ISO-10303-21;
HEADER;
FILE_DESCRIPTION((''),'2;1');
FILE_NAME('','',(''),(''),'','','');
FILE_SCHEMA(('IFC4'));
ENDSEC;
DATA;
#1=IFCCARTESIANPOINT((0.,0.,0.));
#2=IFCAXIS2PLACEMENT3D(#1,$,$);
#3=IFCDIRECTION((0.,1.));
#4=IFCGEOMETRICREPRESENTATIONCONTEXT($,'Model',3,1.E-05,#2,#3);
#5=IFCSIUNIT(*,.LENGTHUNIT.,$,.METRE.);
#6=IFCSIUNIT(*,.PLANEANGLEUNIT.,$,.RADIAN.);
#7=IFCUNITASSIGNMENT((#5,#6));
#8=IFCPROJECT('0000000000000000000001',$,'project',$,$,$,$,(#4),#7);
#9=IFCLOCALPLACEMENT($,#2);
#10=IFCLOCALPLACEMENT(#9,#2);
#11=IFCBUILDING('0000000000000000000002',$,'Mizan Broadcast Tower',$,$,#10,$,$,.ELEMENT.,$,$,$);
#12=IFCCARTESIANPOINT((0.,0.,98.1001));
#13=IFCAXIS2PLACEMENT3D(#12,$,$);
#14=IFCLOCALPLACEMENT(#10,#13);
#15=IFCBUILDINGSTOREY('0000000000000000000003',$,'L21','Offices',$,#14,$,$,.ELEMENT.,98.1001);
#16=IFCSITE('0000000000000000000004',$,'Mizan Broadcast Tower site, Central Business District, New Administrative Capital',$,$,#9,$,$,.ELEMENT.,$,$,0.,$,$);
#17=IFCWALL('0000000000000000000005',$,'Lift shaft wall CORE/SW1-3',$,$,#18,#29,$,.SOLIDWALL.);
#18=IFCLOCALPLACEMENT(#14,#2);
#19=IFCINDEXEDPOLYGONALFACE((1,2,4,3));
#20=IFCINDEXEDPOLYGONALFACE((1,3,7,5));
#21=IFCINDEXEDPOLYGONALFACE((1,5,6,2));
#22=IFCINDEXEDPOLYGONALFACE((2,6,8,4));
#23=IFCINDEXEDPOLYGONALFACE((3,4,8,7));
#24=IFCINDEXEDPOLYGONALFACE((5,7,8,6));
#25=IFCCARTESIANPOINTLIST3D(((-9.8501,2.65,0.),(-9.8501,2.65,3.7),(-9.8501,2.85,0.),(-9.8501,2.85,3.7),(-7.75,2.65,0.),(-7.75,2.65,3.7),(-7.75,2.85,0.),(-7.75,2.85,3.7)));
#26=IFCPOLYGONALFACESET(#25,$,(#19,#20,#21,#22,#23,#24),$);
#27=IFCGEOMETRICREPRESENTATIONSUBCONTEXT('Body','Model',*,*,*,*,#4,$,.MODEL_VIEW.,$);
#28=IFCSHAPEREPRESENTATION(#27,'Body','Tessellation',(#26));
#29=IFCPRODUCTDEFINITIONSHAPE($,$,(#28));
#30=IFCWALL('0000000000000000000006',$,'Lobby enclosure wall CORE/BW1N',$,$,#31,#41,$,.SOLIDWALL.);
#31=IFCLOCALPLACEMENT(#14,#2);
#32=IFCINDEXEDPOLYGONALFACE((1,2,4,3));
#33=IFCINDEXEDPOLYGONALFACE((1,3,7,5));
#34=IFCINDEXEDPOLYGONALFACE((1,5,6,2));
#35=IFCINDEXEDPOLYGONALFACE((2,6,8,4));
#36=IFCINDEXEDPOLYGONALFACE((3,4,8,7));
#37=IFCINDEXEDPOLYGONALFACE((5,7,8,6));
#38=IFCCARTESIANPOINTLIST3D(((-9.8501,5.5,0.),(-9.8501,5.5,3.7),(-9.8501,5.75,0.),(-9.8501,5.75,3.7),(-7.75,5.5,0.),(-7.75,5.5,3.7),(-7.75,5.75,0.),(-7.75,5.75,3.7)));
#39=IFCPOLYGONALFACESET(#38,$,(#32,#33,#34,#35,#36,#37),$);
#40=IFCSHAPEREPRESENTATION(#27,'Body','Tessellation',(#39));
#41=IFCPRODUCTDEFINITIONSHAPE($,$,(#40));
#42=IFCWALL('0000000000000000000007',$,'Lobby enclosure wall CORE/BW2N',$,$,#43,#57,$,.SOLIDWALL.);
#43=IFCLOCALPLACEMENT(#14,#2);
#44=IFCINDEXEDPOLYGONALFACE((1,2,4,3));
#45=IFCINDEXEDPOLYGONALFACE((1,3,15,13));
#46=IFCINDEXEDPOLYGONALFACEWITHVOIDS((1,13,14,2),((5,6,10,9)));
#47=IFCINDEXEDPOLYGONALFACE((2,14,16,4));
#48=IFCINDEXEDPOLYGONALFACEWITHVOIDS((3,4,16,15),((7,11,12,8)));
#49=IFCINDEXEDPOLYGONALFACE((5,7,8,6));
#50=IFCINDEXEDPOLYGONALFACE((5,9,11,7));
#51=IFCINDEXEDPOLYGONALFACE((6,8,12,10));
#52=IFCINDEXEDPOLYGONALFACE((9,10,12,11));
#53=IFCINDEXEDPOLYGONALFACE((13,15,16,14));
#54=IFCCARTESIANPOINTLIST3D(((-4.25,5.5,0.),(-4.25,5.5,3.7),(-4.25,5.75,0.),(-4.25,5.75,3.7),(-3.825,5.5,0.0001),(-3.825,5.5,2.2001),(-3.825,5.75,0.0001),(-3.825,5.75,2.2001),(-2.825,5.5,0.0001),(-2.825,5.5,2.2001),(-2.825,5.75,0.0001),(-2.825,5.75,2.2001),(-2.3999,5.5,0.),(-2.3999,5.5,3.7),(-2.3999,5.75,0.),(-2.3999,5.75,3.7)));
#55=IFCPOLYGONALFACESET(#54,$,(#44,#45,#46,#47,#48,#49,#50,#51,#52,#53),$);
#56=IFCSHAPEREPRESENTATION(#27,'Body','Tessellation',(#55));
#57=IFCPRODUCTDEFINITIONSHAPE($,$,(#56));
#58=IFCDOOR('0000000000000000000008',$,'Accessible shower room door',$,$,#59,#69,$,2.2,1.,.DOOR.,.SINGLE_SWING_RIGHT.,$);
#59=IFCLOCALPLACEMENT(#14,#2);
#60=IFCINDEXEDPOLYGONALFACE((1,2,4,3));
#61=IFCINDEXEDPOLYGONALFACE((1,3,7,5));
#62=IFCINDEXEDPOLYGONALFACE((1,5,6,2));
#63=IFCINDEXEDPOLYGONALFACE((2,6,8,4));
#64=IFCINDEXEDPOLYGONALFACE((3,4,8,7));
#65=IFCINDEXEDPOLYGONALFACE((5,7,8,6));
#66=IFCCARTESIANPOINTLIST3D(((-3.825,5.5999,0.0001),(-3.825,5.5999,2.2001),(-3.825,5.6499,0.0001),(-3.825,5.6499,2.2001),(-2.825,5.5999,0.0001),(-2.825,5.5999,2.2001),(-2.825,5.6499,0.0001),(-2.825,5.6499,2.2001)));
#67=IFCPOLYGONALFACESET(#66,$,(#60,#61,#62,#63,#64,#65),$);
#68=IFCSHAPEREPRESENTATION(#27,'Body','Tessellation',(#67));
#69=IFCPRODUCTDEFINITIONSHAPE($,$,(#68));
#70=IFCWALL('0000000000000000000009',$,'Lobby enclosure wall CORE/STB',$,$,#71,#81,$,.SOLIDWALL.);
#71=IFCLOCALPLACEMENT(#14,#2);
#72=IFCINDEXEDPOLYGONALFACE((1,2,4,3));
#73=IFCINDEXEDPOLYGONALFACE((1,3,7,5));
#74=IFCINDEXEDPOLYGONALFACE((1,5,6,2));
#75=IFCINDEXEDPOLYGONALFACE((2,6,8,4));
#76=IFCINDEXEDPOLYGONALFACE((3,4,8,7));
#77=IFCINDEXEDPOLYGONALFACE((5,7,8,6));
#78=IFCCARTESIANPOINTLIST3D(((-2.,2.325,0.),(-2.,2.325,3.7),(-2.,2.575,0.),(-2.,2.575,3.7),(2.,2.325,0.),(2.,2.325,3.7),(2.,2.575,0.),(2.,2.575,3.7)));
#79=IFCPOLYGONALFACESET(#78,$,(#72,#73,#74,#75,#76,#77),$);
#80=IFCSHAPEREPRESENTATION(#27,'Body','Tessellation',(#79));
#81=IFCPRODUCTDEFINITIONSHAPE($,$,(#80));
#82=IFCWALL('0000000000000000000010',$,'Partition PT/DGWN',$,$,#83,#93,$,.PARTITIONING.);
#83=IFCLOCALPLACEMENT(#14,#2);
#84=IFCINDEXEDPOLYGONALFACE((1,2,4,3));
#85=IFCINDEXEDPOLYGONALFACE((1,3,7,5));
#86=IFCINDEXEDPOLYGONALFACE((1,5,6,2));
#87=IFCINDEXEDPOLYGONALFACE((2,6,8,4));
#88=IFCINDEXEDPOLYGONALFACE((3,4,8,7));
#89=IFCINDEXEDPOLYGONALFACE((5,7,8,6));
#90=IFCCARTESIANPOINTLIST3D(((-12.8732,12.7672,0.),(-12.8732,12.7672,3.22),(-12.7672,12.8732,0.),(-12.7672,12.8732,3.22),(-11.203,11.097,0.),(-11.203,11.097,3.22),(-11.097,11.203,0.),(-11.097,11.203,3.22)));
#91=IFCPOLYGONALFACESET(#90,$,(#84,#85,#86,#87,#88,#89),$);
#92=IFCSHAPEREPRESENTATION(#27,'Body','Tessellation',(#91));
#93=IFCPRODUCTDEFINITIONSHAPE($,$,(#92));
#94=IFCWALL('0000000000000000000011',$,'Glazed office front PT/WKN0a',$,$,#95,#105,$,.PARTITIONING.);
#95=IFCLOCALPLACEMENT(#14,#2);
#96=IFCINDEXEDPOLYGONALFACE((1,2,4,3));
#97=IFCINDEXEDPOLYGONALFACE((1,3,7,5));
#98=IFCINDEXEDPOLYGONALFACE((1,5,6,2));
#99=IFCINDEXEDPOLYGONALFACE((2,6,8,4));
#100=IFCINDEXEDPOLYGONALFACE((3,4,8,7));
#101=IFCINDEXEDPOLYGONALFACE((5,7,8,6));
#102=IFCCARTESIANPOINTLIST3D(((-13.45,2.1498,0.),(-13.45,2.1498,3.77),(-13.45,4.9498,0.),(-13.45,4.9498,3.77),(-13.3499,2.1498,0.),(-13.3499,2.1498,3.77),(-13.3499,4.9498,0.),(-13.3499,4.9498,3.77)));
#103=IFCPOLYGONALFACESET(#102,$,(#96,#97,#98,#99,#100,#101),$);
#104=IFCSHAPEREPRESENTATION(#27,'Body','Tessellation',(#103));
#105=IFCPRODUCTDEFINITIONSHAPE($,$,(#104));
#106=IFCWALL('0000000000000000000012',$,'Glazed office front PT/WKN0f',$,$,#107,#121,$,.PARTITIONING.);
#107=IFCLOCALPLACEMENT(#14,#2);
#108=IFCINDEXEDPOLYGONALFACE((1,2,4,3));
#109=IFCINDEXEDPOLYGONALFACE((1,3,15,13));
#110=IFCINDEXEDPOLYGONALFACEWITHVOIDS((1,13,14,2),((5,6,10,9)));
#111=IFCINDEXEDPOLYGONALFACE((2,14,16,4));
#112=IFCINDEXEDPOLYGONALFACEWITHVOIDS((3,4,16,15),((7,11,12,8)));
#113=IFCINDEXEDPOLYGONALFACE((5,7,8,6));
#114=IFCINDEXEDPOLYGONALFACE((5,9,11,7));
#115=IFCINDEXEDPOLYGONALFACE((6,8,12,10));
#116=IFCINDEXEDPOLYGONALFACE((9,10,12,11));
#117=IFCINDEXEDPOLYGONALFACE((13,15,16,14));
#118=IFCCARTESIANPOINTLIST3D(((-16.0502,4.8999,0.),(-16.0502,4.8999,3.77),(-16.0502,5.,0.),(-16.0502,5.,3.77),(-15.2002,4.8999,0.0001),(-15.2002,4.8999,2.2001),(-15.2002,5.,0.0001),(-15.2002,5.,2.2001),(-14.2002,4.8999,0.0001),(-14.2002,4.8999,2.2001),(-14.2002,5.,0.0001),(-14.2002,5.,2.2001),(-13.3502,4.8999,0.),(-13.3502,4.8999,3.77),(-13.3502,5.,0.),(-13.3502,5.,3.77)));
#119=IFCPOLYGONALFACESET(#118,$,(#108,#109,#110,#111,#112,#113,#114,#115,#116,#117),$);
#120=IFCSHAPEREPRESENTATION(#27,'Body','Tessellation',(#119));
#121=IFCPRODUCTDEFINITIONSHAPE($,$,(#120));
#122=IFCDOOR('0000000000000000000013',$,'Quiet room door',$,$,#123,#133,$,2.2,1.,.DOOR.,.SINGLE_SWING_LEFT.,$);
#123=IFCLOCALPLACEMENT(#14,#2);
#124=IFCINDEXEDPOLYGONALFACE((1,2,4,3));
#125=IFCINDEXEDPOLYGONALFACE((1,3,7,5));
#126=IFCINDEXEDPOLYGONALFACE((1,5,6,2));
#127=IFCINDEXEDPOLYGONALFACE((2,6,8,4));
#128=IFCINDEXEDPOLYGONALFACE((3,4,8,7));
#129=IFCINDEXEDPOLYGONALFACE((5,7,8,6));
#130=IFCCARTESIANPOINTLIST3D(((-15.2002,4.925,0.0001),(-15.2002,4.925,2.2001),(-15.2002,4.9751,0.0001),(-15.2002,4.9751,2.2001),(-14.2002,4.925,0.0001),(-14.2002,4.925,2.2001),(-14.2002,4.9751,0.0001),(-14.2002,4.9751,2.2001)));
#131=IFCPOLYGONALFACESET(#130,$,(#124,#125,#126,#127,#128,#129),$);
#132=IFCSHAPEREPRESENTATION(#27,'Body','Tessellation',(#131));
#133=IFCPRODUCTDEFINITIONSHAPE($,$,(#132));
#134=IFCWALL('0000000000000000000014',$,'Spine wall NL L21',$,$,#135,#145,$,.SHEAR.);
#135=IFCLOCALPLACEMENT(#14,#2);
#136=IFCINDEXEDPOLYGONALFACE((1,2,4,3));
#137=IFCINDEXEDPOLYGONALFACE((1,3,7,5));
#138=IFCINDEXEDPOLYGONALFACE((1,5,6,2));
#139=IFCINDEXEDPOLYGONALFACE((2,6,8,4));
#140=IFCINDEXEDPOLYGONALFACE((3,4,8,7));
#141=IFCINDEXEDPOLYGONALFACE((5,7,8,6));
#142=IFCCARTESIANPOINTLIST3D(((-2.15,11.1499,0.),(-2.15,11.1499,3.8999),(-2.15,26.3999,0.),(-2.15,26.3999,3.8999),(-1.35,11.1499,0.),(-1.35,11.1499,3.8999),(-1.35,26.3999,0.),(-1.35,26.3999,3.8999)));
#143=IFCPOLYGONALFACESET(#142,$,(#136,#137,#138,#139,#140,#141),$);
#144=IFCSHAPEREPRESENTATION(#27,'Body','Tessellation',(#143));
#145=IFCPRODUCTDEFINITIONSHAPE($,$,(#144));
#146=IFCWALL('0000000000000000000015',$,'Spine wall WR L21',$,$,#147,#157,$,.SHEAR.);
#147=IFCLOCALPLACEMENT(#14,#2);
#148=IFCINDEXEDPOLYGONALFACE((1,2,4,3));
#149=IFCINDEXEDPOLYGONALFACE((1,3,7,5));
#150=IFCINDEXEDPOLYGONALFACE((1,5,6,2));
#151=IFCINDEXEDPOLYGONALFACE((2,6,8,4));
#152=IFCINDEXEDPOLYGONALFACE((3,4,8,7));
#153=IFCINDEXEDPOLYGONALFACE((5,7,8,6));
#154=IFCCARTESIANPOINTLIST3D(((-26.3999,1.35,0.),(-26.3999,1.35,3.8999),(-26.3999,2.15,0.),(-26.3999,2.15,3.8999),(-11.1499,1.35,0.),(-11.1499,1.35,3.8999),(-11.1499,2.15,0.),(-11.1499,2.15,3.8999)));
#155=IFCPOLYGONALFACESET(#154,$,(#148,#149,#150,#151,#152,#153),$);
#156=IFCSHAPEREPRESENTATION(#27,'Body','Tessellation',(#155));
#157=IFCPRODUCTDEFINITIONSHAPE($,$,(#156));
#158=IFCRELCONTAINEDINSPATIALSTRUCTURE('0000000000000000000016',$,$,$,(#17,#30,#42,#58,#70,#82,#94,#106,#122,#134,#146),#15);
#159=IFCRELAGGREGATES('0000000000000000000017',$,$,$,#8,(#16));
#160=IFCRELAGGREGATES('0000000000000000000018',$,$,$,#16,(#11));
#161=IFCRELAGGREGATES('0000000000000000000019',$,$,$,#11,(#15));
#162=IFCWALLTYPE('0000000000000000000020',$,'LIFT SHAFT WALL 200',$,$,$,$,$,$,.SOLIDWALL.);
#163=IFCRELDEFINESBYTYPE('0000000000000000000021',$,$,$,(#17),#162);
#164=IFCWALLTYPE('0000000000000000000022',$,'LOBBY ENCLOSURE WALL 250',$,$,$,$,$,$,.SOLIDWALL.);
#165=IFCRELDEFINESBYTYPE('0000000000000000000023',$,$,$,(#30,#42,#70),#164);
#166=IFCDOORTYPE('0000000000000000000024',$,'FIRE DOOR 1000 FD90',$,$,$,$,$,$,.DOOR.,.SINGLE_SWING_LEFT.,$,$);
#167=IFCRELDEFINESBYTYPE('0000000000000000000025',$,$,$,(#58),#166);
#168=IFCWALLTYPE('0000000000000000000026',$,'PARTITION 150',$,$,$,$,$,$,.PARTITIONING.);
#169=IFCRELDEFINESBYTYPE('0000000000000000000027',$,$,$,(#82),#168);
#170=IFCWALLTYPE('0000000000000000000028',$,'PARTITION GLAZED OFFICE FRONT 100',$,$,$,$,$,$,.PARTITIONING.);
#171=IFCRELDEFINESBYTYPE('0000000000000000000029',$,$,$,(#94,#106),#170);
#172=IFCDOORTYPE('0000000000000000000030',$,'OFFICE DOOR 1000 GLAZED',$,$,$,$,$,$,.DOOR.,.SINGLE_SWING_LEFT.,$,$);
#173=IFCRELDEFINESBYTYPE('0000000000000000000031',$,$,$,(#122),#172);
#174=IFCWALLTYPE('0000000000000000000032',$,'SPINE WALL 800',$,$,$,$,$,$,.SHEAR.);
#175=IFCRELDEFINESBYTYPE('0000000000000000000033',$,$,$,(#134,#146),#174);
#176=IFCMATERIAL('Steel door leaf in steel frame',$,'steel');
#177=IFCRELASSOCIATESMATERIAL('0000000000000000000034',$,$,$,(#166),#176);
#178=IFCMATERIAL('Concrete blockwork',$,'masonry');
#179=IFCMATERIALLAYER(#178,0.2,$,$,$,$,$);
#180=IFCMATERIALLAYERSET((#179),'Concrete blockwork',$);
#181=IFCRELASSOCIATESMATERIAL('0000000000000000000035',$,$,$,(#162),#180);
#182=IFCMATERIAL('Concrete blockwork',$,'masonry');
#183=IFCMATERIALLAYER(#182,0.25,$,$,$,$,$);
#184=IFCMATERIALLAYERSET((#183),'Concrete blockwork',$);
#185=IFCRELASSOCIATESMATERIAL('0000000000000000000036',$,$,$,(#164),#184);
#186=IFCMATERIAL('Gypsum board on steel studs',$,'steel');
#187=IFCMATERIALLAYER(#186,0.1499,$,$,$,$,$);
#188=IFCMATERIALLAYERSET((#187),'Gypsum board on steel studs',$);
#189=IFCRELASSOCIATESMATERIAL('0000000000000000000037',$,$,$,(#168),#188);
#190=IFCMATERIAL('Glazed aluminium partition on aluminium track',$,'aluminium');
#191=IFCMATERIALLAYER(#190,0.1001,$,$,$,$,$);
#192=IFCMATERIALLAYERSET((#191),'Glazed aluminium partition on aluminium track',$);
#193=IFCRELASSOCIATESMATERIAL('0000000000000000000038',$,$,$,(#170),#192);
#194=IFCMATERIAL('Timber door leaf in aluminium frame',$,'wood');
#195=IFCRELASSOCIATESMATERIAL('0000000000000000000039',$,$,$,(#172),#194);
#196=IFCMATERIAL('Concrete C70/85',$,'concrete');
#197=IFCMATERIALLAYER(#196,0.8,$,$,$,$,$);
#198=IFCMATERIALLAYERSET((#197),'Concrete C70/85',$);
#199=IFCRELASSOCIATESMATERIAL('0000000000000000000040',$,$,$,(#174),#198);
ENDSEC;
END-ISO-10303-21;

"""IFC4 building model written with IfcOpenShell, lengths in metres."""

from ifc_helpers import new_model, si_unit, direction, frame, frame_2d, origin, place, context, subcontext, project, spatial, rectangle, extrude, material, layer, layer_set, type_object, element, fill, save


model = new_model("IFC4")

# Units and contexts
model_context = context("Model", 3, precision=1e-05, world=origin(), true_north=direction((0.0, 1.0)))
body_context = subcontext(model_context, "Body", "Model", "MODEL_VIEW")
ifc_project = project(units=[si_unit("LENGTHUNIT", "METRE"), si_unit("PLANEANGLEUNIT", "RADIAN")], contexts=[model_context])

# Site, building, storey
site_placement = place(None, origin())
site = spatial("IfcSite", under=ifc_project, at=site_placement, Name="Mizan Broadcast Tower site, Central Business District, New Administrative Capital", CompositionType="ELEMENT", RefElevation=0.0)
building_placement = place(site_placement, origin())
building = spatial("IfcBuilding", under=site, at=building_placement, Name="Mizan Broadcast Tower", CompositionType="ELEMENT")
storey_placement = place(building_placement, frame((0.0, 0.0, 98.1001)))
storey = spatial("IfcBuildingStorey", under=building, at=storey_placement, Name="L21", Description="Offices", CompositionType="ELEMENT", Elevation=98.1001)

# Shared definitions
ifc_material_1 = material(Name="Steel door leaf in steel frame", Category="steel")
door_type_1 = type_object("IfcDoorType", Name="FIRE DOOR 1000 FD90", OperationType="SINGLE_SWING_LEFT", PredefinedType="DOOR", material=ifc_material_1)

# Walls
ifc_material_2 = material(Name="Concrete blockwork", Category="masonry")
ifc_layer_1 = layer(ifc_material_2, 0.2)
ifc_layer_set_1 = layer_set([ifc_layer_1], Name="Concrete blockwork")
wall_type_1 = type_object("IfcWallType", Name="LIFT SHAFT WALL 200", PredefinedType="SOLIDWALL", material=ifc_layer_set_1)
for number, where, z_axis, x_axis, name in (
    (1, (-9.8501, 2.75, 0.0), (0.0, 0.0, 1.0), (1.0, 0.0, 0.0), "Lift shaft wall CORE/SW1-3"),
):
    element("IfcWall", number, at=place(storey_placement, frame(where, z_axis=z_axis, x_axis=x_axis)), inside=storey, type_object=wall_type_1, Name=name, PredefinedType="SOLIDWALL", context=body_context, shape_type="SweptSolid", body=[
        extrude(rectangle(XDim=2.1001, YDim=0.2, at=frame_2d((1.05, 0.0))), origin(), (0.0, 0.0, 1.0), 3.7),
    ])
ifc_material_3 = material(Name="Concrete blockwork", Category="masonry")
ifc_layer_2 = layer(ifc_material_3, 0.25)
ifc_layer_set_2 = layer_set([ifc_layer_2], Name="Concrete blockwork")
wall_type_2 = type_object("IfcWallType", Name="LOBBY ENCLOSURE WALL 250", PredefinedType="SOLIDWALL", material=ifc_layer_set_2)
wall_1_placement = place(storey_placement, frame((-9.8501, 5.625, 0.0), z_axis=(0.0, 0.0, 1.0), x_axis=(1.0, 0.0, 0.0)))
element("IfcWall", 2, at=wall_1_placement, inside=storey, type_object=wall_type_2, Name="Lobby enclosure wall CORE/BW1N", PredefinedType="SOLIDWALL", context=body_context, shape_type="SweptSolid", body=[
    extrude(rectangle(XDim=2.1001, YDim=0.25, at=frame_2d((1.05, 0.0))), origin(), (0.0, 0.0, 1.0), 3.7),
])

# Wall, opening, door
wall_2_placement = place(storey_placement, frame((-4.25, 5.625, 0.0), z_axis=(0.0, 0.0, 1.0), x_axis=(1.0, 0.0, 0.0)))
wall_2 = element("IfcWall", 3, at=wall_2_placement, inside=storey, type_object=wall_type_2, Name="Lobby enclosure wall CORE/BW2N", PredefinedType="SOLIDWALL", context=body_context, shape_type="SweptSolid", body=[
    extrude(rectangle(XDim=1.8501, YDim=0.25, at=frame_2d((0.925, 0.0))), origin(), (0.0, 0.0, 1.0), 3.7),
])
opening_1_placement = place(wall_2_placement, frame((0.425, 0.0, 0.0)))
opening_1 = element("IfcOpeningElement", 4, at=opening_1_placement, cuts=wall_2, PredefinedType="OPENING", context=body_context, shape_type="SweptSolid", body=[
    extrude(rectangle(XDim=1.0, YDim=2.2, at=frame_2d((0.5, 1.1001))), frame((0.0, 0.135, 0.0), z_axis=(0.0, -1.0, 0.0), x_axis=(1.0, 0.0, 0.0)), (0.0, 0.0, 1.0), 0.27),
])
door_1_placement = place(opening_1_placement, origin())
door_1 = element("IfcDoor", 5, at=door_1_placement, inside=storey, type_object=door_type_1, Name="Accessible shower room door", OperationType="SINGLE_SWING_RIGHT", OverallHeight=2.2, OverallWidth=1.0, PredefinedType="DOOR", context=body_context, shape_type="SweptSolid", body=[
    extrude(rectangle(XDim=1.0, YDim=2.2, at=frame_2d((0.5, 1.1001))), frame((0.0, 0.0249, 0.0), z_axis=(0.0, -1.0, 0.0), x_axis=(1.0, 0.0, 0.0)), (0.0, 0.0, 1.0), 0.05),
])
fill(opening_1, door_1)

# Walls
wall_3_placement = place(storey_placement, frame((-2.0, 2.45, 0.0), z_axis=(0.0, 0.0, 1.0), x_axis=(1.0, 0.0, 0.0)))
element("IfcWall", 6, at=wall_3_placement, inside=storey, type_object=wall_type_2, Name="Lobby enclosure wall CORE/STB", PredefinedType="SOLIDWALL", context=body_context, shape_type="SweptSolid", body=[
    extrude(rectangle(XDim=4.0, YDim=0.25, at=frame_2d((2.0, 0.0))), origin(), (0.0, 0.0, 1.0), 3.7),
])
ifc_material_4 = material(Name="Gypsum board on steel studs", Category="steel")
ifc_layer_3 = layer(ifc_material_4, 0.1499)
ifc_layer_set_3 = layer_set([ifc_layer_3], Name="Gypsum board on steel studs")
wall_type_3 = type_object("IfcWallType", Name="PARTITION 150", PredefinedType="PARTITIONING", material=ifc_layer_set_3)
wall_4_placement = place(storey_placement, frame((-11.1499, 11.1499, 0.0), z_axis=(0.0, 0.0, 1.0), x_axis=(-0.707107, 0.707107, 0.0)))
element("IfcWall", 7, at=wall_4_placement, inside=storey, type_object=wall_type_3, Name="Partition PT/DGWN", PredefinedType="PARTITIONING", context=body_context, shape_type="SweptSolid", body=[
    extrude(rectangle(XDim=2.3621, YDim=0.1499, at=frame_2d((1.1812, 0.0))), origin(), (0.0, 0.0, 1.0), 3.22),
])
ifc_material_5 = material(Name="Glazed aluminium partition on aluminium track", Category="aluminium")
ifc_layer_4 = layer(ifc_material_5, 0.1001)
ifc_layer_set_4 = layer_set([ifc_layer_4], Name="Glazed aluminium partition on aluminium track")
wall_type_4 = type_object("IfcWallType", Name="PARTITION GLAZED OFFICE FRONT 100", PredefinedType="PARTITIONING", material=ifc_layer_set_4)
wall_5_placement = place(storey_placement, frame((-13.3999, 2.1499, 0.0), z_axis=(0.0, 0.0, 1.0), x_axis=(0.0, 1.0, 0.0)))
element("IfcWall", 8, at=wall_5_placement, inside=storey, type_object=wall_type_4, Name="Glazed office front PT/WKN0a", PredefinedType="PARTITIONING", context=body_context, shape_type="SweptSolid", body=[
    extrude(rectangle(XDim=2.8, YDim=0.1001, at=frame_2d((1.3999, 0.0))), origin(), (0.0, 0.0, 1.0), 3.77),
])

# Wall, opening, door
wall_6_placement = place(storey_placement, frame((-13.3501, 4.95, 0.0), z_axis=(0.0, 0.0, 1.0), x_axis=(-1.0, 0.0, 0.0)))
wall_6 = element("IfcWall", 9, at=wall_6_placement, inside=storey, type_object=wall_type_4, Name="Glazed office front PT/WKN0f", PredefinedType="PARTITIONING", context=body_context, shape_type="SweptSolid", body=[
    extrude(rectangle(XDim=2.7, YDim=0.1001, at=frame_2d((1.3501, 0.0))), origin(), (0.0, 0.0, 1.0), 3.77),
])
opening_2_placement = place(wall_6_placement, frame((0.8501, 0.0, 0.0)))
opening_2 = element("IfcOpeningElement", 10, at=opening_2_placement, cuts=wall_6, PredefinedType="OPENING", context=body_context, shape_type="SweptSolid", body=[
    extrude(rectangle(XDim=1.0, YDim=2.2, at=frame_2d((0.5, 1.1001))), frame((0.0, 0.0601, 0.0), z_axis=(0.0, -1.0, 0.0), x_axis=(1.0, 0.0, 0.0)), (0.0, 0.0, 1.0), 0.1201),
])
ifc_material_6 = material(Name="Timber door leaf in aluminium frame", Category="wood")
door_type_2 = type_object("IfcDoorType", Name="OFFICE DOOR 1000 GLAZED", OperationType="SINGLE_SWING_LEFT", PredefinedType="DOOR", material=ifc_material_6)
door_2_placement = place(opening_2_placement, origin())
door_2 = element("IfcDoor", 11, at=door_2_placement, inside=storey, type_object=door_type_2, Name="Quiet room door", OperationType="SINGLE_SWING_LEFT", OverallHeight=2.2, OverallWidth=1.0, PredefinedType="DOOR", context=body_context, shape_type="SweptSolid", body=[
    extrude(rectangle(XDim=1.0, YDim=2.2, at=frame_2d((0.5, 1.1001))), frame((0.0, 0.0249, 0.0), z_axis=(0.0, -1.0, 0.0), x_axis=(1.0, 0.0, 0.0)), (0.0, 0.0, 1.0), 0.05),
])
fill(opening_2, door_2)

# Walls
ifc_material_7 = material(Name="Concrete C70/85", Category="concrete")
ifc_layer_5 = layer(ifc_material_7, 0.8)
ifc_layer_set_5 = layer_set([ifc_layer_5], Name="Concrete C70/85")
wall_type_5 = type_object("IfcWallType", Name="SPINE WALL 800", PredefinedType="SHEAR", material=ifc_layer_set_5)
for number, where, z_axis, x_axis, name in (
    (12, (-1.75, 11.1499, 0.0), (0.0, 0.0, 1.0), (0.0, 1.0, 0.0), "Spine wall NL L21"),
    (13, (-11.1499, 1.75, 0.0), (0.0, 0.0, 1.0), (-1.0, 0.0, 0.0), "Spine wall WR L21"),
):
    element("IfcWall", number, at=place(storey_placement, frame(where, z_axis=z_axis, x_axis=x_axis)), inside=storey, type_object=wall_type_5, Name=name, PredefinedType="SHEAR", context=body_context, shape_type="SweptSolid", body=[
        extrude(rectangle(XDim=15.25, YDim=0.8, at=frame_2d((7.625, 0.0))), origin(), (0.0, 0.0, 1.0), 3.8999),
    ])

save(model, "model.ifc")
